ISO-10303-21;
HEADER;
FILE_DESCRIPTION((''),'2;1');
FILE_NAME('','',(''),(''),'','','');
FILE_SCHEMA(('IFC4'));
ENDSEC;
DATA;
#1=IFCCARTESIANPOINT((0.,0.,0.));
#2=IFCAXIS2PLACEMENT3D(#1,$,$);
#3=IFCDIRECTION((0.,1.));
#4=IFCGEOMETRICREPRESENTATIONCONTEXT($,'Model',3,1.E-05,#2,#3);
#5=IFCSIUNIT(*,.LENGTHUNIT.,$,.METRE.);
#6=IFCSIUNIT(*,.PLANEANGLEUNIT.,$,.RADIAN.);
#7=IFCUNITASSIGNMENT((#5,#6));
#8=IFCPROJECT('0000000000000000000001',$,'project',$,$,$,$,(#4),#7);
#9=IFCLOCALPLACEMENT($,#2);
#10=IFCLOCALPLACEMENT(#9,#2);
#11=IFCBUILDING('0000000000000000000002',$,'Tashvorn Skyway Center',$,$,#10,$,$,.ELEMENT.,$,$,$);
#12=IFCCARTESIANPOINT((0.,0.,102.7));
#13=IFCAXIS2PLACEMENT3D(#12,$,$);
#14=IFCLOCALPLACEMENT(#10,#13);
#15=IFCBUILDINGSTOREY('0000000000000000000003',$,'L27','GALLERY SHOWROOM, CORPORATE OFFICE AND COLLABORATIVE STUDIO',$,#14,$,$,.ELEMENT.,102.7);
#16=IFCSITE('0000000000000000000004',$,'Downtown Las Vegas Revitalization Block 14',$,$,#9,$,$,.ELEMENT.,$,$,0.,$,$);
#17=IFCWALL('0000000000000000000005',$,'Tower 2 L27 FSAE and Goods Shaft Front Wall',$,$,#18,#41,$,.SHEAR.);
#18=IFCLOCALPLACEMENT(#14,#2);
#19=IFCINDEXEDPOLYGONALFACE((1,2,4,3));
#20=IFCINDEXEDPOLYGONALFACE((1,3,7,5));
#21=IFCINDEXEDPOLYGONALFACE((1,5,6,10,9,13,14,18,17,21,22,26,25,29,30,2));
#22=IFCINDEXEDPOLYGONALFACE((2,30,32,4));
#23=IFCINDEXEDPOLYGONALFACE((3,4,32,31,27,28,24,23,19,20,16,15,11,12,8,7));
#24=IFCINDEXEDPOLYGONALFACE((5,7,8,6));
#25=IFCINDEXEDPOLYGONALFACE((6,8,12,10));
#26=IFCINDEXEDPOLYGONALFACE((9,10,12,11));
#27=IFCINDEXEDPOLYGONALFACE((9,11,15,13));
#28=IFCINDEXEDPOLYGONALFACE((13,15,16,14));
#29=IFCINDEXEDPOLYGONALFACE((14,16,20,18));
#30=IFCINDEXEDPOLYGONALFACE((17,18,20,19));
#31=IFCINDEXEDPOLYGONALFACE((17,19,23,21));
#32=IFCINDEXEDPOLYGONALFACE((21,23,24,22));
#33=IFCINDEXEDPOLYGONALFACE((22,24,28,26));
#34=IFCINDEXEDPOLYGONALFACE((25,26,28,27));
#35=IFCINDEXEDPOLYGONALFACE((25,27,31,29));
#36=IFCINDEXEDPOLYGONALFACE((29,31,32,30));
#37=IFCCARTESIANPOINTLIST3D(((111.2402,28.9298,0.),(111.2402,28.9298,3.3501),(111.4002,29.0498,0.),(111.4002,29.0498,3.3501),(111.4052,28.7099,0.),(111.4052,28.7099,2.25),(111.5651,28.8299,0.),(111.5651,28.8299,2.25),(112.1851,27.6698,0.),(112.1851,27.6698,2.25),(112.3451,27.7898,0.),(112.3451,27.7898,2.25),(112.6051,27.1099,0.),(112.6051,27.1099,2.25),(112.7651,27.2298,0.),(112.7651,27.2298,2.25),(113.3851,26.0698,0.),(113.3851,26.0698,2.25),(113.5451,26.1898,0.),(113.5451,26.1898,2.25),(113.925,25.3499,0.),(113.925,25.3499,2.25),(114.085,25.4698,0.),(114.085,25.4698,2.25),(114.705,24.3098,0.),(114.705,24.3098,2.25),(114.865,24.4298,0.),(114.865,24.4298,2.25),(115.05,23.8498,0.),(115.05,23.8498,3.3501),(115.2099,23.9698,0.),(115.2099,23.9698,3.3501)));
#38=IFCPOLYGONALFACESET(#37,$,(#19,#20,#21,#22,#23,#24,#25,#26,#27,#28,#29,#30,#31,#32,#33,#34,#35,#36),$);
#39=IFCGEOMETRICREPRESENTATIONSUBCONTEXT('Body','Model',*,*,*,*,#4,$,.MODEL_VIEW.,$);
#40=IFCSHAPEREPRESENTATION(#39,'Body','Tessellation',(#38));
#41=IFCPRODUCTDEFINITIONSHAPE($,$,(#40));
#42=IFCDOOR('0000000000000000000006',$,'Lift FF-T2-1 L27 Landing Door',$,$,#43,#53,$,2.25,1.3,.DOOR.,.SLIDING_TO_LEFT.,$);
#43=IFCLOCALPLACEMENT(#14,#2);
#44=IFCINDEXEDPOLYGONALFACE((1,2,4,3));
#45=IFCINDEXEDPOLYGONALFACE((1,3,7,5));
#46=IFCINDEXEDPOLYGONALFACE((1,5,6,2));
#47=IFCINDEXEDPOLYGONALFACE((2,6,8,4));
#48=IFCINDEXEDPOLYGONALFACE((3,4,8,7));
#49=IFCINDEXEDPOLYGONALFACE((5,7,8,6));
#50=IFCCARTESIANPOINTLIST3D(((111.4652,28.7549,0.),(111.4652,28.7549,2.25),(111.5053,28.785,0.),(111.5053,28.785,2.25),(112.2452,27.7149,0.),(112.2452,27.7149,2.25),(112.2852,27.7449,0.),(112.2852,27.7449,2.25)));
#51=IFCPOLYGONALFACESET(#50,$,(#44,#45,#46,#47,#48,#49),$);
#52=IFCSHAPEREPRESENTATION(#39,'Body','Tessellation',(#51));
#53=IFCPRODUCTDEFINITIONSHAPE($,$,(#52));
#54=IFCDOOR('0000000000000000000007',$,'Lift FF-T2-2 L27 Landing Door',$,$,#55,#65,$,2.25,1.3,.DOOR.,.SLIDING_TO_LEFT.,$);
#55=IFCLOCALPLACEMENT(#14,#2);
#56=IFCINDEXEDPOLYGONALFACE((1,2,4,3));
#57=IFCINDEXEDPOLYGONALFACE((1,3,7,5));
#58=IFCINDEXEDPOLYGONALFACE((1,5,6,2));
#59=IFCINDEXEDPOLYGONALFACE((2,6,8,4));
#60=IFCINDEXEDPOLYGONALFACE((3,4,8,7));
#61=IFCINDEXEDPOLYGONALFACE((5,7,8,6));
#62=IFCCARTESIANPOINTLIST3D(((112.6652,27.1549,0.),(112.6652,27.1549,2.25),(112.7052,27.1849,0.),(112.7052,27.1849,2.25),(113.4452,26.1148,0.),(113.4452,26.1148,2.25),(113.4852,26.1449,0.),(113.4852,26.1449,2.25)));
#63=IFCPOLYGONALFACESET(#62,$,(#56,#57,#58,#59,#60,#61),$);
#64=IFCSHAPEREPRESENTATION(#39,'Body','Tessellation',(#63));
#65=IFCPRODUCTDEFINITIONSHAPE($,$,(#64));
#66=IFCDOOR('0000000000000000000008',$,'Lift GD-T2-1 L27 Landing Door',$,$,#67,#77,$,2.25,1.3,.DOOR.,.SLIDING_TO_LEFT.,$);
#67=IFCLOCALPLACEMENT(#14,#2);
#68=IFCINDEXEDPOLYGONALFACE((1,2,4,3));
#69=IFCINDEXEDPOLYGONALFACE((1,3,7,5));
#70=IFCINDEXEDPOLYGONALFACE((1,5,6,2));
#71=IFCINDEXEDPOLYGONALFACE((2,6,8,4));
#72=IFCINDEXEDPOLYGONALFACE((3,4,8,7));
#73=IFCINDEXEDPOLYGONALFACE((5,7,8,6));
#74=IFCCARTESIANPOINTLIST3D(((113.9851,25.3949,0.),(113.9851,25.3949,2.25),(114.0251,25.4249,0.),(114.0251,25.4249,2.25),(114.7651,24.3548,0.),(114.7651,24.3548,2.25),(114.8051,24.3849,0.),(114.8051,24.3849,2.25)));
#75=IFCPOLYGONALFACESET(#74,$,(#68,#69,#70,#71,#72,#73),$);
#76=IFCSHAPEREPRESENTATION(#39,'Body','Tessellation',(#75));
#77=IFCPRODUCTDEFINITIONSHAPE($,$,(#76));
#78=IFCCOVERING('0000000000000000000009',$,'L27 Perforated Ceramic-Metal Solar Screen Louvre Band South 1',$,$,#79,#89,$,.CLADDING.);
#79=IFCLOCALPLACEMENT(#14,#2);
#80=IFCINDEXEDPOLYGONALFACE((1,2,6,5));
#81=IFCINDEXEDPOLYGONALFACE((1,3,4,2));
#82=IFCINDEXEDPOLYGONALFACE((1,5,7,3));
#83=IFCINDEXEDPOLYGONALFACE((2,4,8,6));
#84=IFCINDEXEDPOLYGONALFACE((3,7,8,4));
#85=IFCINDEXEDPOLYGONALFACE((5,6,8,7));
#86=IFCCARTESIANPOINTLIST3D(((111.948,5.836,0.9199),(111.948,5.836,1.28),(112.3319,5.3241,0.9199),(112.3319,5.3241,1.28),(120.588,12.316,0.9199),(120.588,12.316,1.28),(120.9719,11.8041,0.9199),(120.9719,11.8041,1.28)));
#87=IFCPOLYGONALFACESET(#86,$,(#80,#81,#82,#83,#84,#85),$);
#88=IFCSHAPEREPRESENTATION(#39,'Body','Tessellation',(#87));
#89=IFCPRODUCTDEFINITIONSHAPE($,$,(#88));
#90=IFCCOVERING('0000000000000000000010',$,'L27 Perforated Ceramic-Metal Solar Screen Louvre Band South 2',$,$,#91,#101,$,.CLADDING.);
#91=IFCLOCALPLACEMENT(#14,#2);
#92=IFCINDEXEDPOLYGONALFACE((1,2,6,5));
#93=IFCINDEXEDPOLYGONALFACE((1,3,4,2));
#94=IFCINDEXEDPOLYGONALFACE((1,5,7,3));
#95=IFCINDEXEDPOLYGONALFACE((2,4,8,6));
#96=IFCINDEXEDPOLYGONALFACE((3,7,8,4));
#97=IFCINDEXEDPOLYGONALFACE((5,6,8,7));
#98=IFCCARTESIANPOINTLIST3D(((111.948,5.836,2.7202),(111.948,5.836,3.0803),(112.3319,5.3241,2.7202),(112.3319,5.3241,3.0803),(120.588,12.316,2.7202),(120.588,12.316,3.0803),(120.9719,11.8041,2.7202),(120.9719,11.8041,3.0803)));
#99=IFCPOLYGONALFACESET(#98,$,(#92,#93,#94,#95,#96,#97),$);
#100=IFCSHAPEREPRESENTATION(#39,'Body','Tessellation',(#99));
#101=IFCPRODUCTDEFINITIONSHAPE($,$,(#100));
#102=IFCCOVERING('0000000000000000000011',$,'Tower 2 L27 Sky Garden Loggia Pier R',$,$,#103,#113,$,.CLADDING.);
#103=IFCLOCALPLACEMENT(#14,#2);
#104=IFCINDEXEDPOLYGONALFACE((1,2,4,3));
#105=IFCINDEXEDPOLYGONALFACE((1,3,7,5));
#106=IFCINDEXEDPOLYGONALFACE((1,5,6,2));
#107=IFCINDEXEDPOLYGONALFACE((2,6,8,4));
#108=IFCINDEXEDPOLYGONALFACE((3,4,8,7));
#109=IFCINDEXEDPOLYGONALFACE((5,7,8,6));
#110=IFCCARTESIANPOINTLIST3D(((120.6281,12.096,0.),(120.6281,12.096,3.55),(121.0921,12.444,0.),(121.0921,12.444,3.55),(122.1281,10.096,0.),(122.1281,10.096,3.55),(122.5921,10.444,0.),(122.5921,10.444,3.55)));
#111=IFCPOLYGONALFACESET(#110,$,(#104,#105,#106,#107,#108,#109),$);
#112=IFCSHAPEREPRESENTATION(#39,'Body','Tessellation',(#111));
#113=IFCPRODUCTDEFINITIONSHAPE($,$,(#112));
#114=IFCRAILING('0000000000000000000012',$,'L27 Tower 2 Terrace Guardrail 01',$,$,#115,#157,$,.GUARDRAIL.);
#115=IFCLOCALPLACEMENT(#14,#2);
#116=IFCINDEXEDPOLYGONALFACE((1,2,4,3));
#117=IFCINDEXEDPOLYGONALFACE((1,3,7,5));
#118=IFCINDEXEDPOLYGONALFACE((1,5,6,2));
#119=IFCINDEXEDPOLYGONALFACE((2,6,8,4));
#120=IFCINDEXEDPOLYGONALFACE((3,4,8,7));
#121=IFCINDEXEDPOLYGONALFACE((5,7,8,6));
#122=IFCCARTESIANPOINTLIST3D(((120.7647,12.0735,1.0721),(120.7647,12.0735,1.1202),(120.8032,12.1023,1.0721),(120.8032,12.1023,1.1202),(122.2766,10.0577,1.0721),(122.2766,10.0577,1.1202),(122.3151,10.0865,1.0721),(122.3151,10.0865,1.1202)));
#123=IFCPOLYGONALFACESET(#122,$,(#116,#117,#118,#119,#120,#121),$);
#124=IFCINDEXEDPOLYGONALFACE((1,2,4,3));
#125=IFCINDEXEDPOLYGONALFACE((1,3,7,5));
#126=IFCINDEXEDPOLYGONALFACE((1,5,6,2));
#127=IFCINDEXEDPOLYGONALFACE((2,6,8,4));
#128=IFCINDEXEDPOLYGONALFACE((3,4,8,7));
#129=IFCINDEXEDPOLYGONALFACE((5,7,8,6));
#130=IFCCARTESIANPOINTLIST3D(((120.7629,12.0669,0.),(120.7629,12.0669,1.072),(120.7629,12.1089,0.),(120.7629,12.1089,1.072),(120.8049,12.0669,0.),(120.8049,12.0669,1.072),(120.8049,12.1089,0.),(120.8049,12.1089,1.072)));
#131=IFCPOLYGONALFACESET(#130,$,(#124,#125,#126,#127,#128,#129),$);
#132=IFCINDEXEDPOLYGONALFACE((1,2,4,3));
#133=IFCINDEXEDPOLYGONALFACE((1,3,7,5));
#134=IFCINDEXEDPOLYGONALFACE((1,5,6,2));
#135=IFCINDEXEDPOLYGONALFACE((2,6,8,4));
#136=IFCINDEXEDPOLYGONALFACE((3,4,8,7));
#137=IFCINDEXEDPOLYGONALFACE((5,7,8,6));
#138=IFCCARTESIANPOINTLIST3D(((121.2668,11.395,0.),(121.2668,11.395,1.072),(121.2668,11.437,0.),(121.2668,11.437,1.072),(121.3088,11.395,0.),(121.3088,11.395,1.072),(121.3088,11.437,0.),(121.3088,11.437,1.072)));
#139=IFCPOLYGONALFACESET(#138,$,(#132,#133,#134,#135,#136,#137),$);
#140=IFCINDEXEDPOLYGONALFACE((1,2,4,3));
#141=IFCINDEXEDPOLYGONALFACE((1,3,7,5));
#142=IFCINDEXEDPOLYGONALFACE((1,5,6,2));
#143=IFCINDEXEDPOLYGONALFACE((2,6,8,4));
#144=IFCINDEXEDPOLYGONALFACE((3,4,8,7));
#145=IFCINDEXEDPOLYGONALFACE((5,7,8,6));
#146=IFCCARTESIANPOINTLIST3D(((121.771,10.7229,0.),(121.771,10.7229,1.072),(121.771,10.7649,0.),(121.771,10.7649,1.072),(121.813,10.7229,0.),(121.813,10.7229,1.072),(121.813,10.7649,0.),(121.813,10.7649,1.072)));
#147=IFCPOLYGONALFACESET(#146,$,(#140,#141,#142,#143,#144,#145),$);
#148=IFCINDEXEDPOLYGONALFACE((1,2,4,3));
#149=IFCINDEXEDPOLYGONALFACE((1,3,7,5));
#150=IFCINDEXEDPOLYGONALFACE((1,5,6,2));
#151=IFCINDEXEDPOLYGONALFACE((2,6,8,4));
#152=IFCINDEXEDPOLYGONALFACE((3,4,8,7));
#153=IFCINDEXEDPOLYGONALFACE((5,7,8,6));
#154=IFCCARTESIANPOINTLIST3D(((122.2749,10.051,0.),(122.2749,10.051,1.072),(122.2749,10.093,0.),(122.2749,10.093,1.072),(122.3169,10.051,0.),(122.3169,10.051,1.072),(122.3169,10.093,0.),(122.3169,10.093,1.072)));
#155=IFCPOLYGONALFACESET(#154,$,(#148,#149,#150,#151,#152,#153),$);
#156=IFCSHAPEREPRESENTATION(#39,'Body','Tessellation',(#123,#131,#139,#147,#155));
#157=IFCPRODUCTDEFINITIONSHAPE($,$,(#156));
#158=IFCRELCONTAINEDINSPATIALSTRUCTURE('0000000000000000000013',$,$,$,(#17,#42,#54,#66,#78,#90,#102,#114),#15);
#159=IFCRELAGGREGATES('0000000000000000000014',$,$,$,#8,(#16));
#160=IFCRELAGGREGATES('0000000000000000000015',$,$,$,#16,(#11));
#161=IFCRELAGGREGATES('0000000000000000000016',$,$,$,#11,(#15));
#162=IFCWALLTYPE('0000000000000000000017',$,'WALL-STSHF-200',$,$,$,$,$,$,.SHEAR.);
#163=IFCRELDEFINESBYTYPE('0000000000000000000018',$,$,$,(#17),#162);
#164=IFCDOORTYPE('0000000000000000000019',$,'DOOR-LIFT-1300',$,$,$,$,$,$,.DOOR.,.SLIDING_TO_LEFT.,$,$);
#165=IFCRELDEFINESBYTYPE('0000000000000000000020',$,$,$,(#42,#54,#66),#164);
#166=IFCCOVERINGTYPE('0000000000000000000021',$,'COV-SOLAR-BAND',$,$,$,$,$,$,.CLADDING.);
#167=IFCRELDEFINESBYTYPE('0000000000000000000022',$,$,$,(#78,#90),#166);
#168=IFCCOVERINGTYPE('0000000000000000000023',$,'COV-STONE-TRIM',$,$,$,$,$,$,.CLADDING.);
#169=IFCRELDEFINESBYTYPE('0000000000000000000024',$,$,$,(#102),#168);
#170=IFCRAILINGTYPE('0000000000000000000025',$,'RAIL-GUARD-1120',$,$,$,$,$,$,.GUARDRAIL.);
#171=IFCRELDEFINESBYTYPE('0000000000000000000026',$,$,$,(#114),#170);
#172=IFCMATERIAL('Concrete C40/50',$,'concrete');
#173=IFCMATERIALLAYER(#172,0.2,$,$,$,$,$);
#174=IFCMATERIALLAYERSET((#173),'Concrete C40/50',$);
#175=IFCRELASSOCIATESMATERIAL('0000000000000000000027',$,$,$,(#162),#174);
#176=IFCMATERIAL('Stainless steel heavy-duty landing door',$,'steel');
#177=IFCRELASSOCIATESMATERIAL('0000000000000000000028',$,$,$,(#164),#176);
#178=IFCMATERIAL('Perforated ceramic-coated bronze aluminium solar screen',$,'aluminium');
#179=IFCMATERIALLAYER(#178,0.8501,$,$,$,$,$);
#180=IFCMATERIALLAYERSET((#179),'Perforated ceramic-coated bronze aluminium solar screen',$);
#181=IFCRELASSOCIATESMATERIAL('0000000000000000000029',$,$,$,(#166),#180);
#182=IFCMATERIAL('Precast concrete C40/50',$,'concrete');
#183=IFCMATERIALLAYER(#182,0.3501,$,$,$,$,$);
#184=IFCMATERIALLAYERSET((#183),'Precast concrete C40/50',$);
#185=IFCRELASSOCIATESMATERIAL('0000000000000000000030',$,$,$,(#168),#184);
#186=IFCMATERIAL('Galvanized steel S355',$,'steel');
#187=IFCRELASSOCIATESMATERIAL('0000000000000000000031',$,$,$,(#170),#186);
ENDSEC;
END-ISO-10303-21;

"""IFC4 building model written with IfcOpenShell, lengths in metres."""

from ifc_helpers import new_model, si_unit, direction, frame, frame_2d, origin, origin_2d, place, context, subcontext, project, spatial, rectangle, extrude, material, layer, layer_set, type_object, element, fill, save


model = new_model("IFC4")

# Units and contexts
model_context = context("Model", 3, precision=1e-05, world=origin(), true_north=direction((0.0, 1.0)))
body_context = subcontext(model_context, "Body", "Model", "MODEL_VIEW")
ifc_project = project(units=[si_unit("LENGTHUNIT", "METRE"), si_unit("PLANEANGLEUNIT", "RADIAN")], contexts=[model_context])

# Site, building, storey
site_placement = place(None, origin())
site = spatial("IfcSite", under=ifc_project, at=site_placement, Name="Downtown Las Vegas Revitalization Block 14", CompositionType="ELEMENT", RefElevation=0.0)
building_placement = place(site_placement, origin())
building = spatial("IfcBuilding", under=site, at=building_placement, Name="Tashvorn Skyway Center", CompositionType="ELEMENT")
storey_placement = place(building_placement, frame((0.0, 0.0, 102.7)))
storey = spatial("IfcBuildingStorey", under=building, at=storey_placement, Name="L27", Description="GALLERY SHOWROOM, CORPORATE OFFICE AND COLLABORATIVE STUDIO", CompositionType="ELEMENT", Elevation=102.7)

# Wall, openings, doors
ifc_material_1 = material(Name="Concrete C40/50", Category="concrete")
ifc_layer_1 = layer(ifc_material_1, 0.2)
ifc_layer_set_1 = layer_set([ifc_layer_1], Name="Concrete C40/50")
wall_type_1 = type_object("IfcWallType", Name="WALL-STSHF-200", PredefinedType="SHEAR", material=ifc_layer_set_1)
wall_1_placement = place(storey_placement, frame((115.1299, 23.9099, 0.0), z_axis=(0.0, 0.0, 1.0), x_axis=(-0.599975, 0.800018, 0.0)))
wall_1 = element("IfcWall", 1, at=wall_1_placement, inside=storey, type_object=wall_type_1, Name="Tower 2 L27 FSAE and Goods Shaft Front Wall", PredefinedType="SHEAR", context=body_context, shape_type="SweptSolid", body=[
    extrude(rectangle(XDim=6.3499, YDim=0.2, at=frame_2d((3.1748, 0.0))), origin(), (0.0, 0.0, 1.0), 3.3501),
])
opening_1_placement = place(wall_1_placement, frame((4.7749, 0.0, 0.0)))
opening_1 = element("IfcOpeningElement", 2, at=opening_1_placement, cuts=wall_1, PredefinedType="OPENING", context=body_context, shape_type="SweptSolid", body=[
    extrude(rectangle(XDim=1.3, YDim=2.25, at=frame_2d((0.6499, 1.125))), frame((0.0, 0.1099, 0.0), z_axis=(0.0, -1.0, 0.0), x_axis=(1.0, 0.0, 0.0)), (0.0, 0.0, 1.0), 0.22),
])
opening_2_placement = place(wall_1_placement, frame((2.7749, 0.0, 0.0)))
opening_2 = element("IfcOpeningElement", 3, at=opening_2_placement, cuts=wall_1, PredefinedType="OPENING", context=body_context, shape_type="SweptSolid", body=[
    extrude(rectangle(XDim=1.3, YDim=2.25, at=frame_2d((0.6499, 1.125))), frame((0.0, 0.1099, 0.0), z_axis=(0.0, -1.0, 0.0), x_axis=(1.0, 0.0, 0.0)), (0.0, 0.0, 1.0), 0.22),
])
opening_3_placement = place(wall_1_placement, frame((0.575, 0.0, 0.0)))
opening_3 = element("IfcOpeningElement", 4, at=opening_3_placement, cuts=wall_1, PredefinedType="OPENING", context=body_context, shape_type="SweptSolid", body=[
    extrude(rectangle(XDim=1.3, YDim=2.25, at=frame_2d((0.6499, 1.125))), frame((0.0, 0.1099, 0.0), z_axis=(0.0, -1.0, 0.0), x_axis=(1.0, 0.0, 0.0)), (0.0, 0.0, 1.0), 0.22),
])
ifc_material_2 = material(Name="Stainless steel heavy-duty landing door", Category="steel")
door_type = type_object("IfcDoorType", Name="DOOR-LIFT-1300", OperationType="SLIDING_TO_LEFT", PredefinedType="DOOR", material=ifc_material_2)
door_1_placement = place(opening_1_placement, origin())
door_1 = element("IfcDoor", 5, at=door_1_placement, inside=storey, type_object=door_type, Name="Lift FF-T2-1 L27 Landing Door", OperationType="SLIDING_TO_LEFT", OverallHeight=2.25, OverallWidth=1.3, PredefinedType="DOOR", context=body_context, shape_type="SweptSolid", body=[
    extrude(rectangle(XDim=1.3, YDim=2.25, at=frame_2d((0.6499, 1.125))), frame((0.0, 0.0249, 0.0), z_axis=(0.0, -1.0, 0.0), x_axis=(1.0, 0.0, 0.0)), (0.0, 0.0, 1.0), 0.05),
])
fill(opening_1, door_1)
door_2_placement = place(opening_2_placement, origin())
door_2 = element("IfcDoor", 6, at=door_2_placement, inside=storey, type_object=door_type, Name="Lift FF-T2-2 L27 Landing Door", OperationType="SLIDING_TO_LEFT", OverallHeight=2.25, OverallWidth=1.3, PredefinedType="DOOR", context=body_context, shape_type="SweptSolid", body=[
    extrude(rectangle(XDim=1.3, YDim=2.25, at=frame_2d((0.6499, 1.125))), frame((0.0, 0.0249, 0.0), z_axis=(0.0, -1.0, 0.0), x_axis=(1.0, 0.0, 0.0)), (0.0, 0.0, 1.0), 0.05),
])
fill(opening_2, door_2)
door_3_placement = place(opening_3_placement, origin())
door_3 = element("IfcDoor", 7, at=door_3_placement, inside=storey, type_object=door_type, Name="Lift GD-T2-1 L27 Landing Door", OperationType="SLIDING_TO_LEFT", OverallHeight=2.25, OverallWidth=1.3, PredefinedType="DOOR", context=body_context, shape_type="SweptSolid", body=[
    extrude(rectangle(XDim=1.3, YDim=2.25, at=frame_2d((0.6499, 1.125))), frame((0.0, 0.0249, 0.0), z_axis=(0.0, -1.0, 0.0), x_axis=(1.0, 0.0, 0.0)), (0.0, 0.0, 1.0), 0.05),
])
fill(opening_3, door_3)

# Coverings
ifc_material_3 = material(Name="Perforated ceramic-coated bronze aluminium solar screen", Category="aluminium")
ifc_layer_2 = layer(ifc_material_3, 0.8501)
ifc_layer_set_2 = layer_set([ifc_layer_2], Name="Perforated ceramic-coated bronze aluminium solar screen")
covering_type_1 = type_object("IfcCoveringType", Name="COV-SOLAR-BAND", PredefinedType="CLADDING", material=ifc_layer_set_2)
for number, where, z_axis, x_axis, name in (
    (8, (116.46, 8.8201, 0.9199), (0.0, 0.0, 1.0), (-0.8, -0.6, 0.0), "L27 Perforated Ceramic-Metal Solar Screen Louvre Band South 1"),
    (9, (116.46, 8.8201, 2.7202), (0.0, 0.0, 1.0), (-0.8, -0.6, 0.0), "L27 Perforated Ceramic-Metal Solar Screen Louvre Band South 2"),
):
    element("IfcCovering", number, at=place(storey_placement, frame(where, z_axis=z_axis, x_axis=x_axis)), inside=storey, type_object=covering_type_1, Name=name, PredefinedType="CLADDING", context=body_context, shape_type="SweptSolid", body=[
        extrude(rectangle(XDim=10.8, YDim=0.6399, at=origin_2d()), origin(), (0.0, 0.0, 1.0), 0.3601),
    ])
ifc_material_4 = material(Name="Precast concrete C40/50", Category="concrete")
ifc_layer_3 = layer(ifc_material_4, 0.3501)
ifc_layer_set_3 = layer_set([ifc_layer_3], Name="Precast concrete C40/50")
covering_type_2 = type_object("IfcCoveringType", Name="COV-STONE-TRIM", PredefinedType="CLADDING", material=ifc_layer_set_3)
covering_placement = place(storey_placement, frame((121.6101, 11.27, 0.0), z_axis=(0.0, 0.0, 1.0), x_axis=(-0.8, -0.6, 0.0)))
element("IfcCovering", 10, at=covering_placement, inside=storey, type_object=covering_type_2, Name="Tower 2 L27 Sky Garden Loggia Pier R", PredefinedType="CLADDING", context=body_context, shape_type="SweptSolid", body=[
    extrude(rectangle(XDim=0.5801, YDim=2.5, at=origin_2d()), origin(), (0.0, 0.0, 1.0), 3.55),
])

# Railing
ifc_material_5 = material(Name="Galvanized steel S355", Category="steel")
railing_type = type_object("IfcRailingType", Name="RAIL-GUARD-1120", PredefinedType="GUARDRAIL", material=ifc_material_5)
railing_placement = place(storey_placement, frame((120.7839, 12.0879, 0.0)))
element("IfcRailing", 11, at=railing_placement, inside=storey, type_object=railing_type, Name="L27 Tower 2 Terrace Guardrail 01", PredefinedType="GUARDRAIL", context=body_context, shape_type="SweptSolid", body=[
    extrude(rectangle(XDim=0.0481, YDim=0.0481, at=origin_2d()), frame((0.0, 0.0, 1.0962), z_axis=(0.600016, -0.799988, 0.0), x_axis=(0.799988, 0.600016, 0.0)), (0.0, 0.0, 1.0), 2.5198),
    extrude(rectangle(XDim=0.042, YDim=0.042, at=origin_2d()), origin(), (0.0, 0.0, 1.0), 1.072),
    extrude(rectangle(XDim=0.042, YDim=0.042, at=origin_2d()), frame((0.5039, -0.6719, 0.0)), (0.0, 0.0, 1.0), 1.072),
    extrude(rectangle(XDim=0.042, YDim=0.042, at=origin_2d()), frame((1.0081, -1.344, 0.0)), (0.0, 0.0, 1.0), 1.072),
    extrude(rectangle(XDim=0.042, YDim=0.042, at=origin_2d()), frame((1.512, -2.0159, 0.0)), (0.0, 0.0, 1.0), 1.072),
])

save(model, "model.ifc")
